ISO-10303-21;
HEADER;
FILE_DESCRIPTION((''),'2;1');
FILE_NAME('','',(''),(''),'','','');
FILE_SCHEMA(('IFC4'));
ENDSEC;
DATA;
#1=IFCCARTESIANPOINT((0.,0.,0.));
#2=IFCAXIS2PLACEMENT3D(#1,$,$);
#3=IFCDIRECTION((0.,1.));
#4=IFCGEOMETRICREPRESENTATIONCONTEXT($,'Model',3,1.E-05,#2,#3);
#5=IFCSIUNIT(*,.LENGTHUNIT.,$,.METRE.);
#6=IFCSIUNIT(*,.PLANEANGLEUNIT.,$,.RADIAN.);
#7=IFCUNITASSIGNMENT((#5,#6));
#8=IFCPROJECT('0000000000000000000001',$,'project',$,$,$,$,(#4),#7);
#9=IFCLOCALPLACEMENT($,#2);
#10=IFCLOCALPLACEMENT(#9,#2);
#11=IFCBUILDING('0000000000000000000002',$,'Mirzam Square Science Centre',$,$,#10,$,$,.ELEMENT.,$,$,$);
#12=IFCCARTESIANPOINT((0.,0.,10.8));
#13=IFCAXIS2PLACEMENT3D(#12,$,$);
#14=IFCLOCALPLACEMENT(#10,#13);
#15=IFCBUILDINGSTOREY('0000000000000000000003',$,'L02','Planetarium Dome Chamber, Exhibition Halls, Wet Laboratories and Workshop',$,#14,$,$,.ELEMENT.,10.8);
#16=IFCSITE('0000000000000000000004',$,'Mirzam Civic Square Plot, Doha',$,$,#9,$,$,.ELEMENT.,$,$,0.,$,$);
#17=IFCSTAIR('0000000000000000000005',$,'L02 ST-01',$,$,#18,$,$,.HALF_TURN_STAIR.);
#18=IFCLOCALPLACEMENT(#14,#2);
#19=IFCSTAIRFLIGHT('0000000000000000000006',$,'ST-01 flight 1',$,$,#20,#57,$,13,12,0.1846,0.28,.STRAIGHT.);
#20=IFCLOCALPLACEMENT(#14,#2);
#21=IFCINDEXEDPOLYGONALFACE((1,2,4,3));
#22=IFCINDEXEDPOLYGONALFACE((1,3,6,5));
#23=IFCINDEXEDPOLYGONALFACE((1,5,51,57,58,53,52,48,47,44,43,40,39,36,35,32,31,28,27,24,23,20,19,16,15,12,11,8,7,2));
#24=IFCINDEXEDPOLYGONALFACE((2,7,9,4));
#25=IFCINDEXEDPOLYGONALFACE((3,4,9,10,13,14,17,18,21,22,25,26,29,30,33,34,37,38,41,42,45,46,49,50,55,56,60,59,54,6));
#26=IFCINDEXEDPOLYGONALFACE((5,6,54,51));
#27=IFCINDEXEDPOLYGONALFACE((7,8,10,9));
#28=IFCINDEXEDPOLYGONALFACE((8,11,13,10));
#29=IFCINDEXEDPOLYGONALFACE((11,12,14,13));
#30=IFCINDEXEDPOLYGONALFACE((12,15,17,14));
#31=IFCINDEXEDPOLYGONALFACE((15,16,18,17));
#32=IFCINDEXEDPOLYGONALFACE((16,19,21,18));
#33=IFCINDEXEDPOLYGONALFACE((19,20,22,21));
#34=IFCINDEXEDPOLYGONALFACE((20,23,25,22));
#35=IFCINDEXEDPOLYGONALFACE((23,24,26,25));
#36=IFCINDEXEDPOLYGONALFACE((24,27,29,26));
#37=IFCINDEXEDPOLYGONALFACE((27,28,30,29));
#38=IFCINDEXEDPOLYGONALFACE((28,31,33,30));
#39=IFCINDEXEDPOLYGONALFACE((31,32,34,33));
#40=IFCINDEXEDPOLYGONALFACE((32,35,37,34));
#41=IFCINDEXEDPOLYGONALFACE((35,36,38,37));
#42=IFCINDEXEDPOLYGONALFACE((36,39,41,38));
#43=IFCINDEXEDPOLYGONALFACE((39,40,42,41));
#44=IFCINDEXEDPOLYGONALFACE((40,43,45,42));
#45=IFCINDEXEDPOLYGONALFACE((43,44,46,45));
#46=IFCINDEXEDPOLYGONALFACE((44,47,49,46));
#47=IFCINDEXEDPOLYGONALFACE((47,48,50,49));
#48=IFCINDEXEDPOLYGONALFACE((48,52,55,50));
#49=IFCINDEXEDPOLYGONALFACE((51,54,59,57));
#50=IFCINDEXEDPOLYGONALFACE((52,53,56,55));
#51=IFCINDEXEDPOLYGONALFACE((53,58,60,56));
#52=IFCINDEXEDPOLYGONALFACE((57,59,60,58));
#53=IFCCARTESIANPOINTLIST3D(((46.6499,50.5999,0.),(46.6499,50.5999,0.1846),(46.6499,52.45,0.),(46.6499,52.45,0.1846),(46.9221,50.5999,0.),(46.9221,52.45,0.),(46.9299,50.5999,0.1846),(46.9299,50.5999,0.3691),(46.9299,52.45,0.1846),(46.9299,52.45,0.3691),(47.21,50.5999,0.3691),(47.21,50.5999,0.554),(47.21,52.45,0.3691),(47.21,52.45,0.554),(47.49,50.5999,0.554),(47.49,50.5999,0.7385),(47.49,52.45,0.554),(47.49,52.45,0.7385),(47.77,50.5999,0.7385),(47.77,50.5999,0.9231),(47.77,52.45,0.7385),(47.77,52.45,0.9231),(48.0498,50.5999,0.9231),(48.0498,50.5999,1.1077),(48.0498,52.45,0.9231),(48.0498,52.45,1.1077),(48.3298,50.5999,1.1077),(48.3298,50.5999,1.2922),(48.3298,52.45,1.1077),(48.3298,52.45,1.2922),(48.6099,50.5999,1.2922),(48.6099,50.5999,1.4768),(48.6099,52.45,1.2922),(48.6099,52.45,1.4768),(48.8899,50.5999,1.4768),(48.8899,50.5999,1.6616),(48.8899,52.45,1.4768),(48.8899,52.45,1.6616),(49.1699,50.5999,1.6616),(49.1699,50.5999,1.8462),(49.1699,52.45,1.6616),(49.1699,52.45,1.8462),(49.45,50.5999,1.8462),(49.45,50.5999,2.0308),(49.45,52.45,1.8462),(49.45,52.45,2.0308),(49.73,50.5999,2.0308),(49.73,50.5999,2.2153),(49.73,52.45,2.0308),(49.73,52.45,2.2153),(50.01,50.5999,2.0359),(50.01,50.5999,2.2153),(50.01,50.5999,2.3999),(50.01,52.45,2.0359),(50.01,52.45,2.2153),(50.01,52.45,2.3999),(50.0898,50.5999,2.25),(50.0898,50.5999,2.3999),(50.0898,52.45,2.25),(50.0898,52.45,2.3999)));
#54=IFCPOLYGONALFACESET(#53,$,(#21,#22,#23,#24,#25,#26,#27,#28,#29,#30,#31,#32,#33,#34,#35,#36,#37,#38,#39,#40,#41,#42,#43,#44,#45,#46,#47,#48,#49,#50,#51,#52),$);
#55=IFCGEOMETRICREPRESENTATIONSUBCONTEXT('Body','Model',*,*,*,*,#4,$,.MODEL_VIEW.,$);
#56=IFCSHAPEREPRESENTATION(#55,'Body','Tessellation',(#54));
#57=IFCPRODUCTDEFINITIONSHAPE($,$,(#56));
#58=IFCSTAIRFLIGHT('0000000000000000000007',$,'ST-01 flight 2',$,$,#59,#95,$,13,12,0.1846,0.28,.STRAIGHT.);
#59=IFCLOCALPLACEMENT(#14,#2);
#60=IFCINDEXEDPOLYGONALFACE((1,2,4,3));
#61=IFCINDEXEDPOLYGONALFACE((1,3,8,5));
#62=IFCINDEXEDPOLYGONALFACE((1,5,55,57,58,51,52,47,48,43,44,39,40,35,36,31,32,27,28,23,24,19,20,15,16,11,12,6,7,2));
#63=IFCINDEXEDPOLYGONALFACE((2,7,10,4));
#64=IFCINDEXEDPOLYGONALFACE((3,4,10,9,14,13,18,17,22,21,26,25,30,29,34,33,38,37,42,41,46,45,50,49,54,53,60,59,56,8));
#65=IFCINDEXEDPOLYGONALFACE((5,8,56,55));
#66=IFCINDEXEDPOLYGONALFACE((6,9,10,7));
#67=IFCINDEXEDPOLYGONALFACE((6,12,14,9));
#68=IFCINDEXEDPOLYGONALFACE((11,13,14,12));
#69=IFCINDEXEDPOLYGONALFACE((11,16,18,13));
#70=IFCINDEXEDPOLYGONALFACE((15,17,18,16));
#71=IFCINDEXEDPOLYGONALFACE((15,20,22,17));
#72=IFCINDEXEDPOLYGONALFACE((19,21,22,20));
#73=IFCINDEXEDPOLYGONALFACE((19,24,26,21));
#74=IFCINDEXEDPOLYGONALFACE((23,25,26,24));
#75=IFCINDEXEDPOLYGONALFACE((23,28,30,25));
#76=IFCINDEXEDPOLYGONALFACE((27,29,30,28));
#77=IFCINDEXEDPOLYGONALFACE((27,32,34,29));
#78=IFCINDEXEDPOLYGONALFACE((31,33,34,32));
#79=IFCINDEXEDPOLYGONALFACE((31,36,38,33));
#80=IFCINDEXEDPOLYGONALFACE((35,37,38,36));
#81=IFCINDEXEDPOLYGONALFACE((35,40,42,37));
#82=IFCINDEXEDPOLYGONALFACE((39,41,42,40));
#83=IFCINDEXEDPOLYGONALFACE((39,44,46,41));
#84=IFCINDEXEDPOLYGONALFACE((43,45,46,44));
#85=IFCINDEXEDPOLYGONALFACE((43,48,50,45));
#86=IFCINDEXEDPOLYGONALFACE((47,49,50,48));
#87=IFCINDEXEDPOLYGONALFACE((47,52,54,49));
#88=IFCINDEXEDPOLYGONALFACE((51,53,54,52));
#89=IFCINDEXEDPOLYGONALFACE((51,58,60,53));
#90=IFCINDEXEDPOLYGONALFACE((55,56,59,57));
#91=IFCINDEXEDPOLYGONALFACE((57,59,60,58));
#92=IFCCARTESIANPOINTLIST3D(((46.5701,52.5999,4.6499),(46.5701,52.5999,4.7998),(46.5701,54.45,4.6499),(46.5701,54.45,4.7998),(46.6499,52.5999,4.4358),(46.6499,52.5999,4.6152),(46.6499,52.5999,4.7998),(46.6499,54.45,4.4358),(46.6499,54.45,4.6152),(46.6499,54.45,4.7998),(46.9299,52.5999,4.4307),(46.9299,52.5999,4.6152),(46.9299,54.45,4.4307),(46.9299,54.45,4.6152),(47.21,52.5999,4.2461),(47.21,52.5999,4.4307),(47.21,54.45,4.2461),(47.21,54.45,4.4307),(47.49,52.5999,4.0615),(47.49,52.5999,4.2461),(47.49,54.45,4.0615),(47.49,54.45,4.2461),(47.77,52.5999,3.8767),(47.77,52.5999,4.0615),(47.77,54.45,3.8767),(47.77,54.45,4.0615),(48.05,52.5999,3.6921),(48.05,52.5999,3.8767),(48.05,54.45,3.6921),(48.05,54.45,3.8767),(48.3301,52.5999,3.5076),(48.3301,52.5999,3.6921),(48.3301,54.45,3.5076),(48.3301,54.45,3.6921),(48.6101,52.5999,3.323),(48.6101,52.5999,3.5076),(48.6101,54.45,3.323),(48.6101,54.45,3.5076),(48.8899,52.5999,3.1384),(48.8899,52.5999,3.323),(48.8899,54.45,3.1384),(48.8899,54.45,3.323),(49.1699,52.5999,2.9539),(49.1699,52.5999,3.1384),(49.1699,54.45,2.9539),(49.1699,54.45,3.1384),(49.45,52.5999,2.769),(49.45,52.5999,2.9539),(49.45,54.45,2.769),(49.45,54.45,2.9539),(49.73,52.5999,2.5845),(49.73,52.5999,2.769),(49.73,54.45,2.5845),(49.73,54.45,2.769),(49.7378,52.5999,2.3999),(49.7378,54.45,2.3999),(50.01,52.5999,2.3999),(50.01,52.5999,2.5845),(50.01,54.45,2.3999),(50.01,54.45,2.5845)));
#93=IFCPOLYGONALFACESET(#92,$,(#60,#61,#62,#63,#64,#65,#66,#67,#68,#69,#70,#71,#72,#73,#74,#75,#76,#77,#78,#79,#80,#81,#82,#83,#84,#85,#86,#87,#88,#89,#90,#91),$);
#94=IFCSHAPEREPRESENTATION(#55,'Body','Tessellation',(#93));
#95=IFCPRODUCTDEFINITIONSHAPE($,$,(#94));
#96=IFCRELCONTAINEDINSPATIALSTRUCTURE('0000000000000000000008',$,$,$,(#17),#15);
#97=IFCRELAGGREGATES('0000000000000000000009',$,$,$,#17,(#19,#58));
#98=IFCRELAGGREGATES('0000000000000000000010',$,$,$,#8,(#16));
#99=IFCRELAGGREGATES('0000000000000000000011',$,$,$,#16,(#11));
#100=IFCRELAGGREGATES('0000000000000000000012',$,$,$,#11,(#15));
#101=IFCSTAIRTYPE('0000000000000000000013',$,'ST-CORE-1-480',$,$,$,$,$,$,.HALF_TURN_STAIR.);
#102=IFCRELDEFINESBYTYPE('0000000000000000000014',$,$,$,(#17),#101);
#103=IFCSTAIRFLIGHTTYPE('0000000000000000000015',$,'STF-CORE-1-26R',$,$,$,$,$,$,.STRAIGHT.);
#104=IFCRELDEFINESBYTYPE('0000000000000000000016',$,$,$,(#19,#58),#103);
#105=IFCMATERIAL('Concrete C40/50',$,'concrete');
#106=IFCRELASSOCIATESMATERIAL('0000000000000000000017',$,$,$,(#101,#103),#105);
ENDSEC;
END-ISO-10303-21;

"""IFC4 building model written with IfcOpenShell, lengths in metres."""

from ifc_helpers import new_model, si_unit, direction, frame, origin, place, context, subcontext, project, spatial, polyline, outline, extrude, material, type_object, element, aggregate, save


model = new_model("IFC4")

# Units and contexts
model_context = context("Model", 3, precision=1e-05, world=origin(), true_north=direction((0.0, 1.0)))
body_context = subcontext(model_context, "Body", "Model", "MODEL_VIEW")
ifc_project = project(units=[si_unit("LENGTHUNIT", "METRE"), si_unit("PLANEANGLEUNIT", "RADIAN")], contexts=[model_context])

# Site, building, storey
site_placement = place(None, origin())
site = spatial("IfcSite", under=ifc_project, at=site_placement, Name="Mirzam Civic Square Plot, Doha", CompositionType="ELEMENT", RefElevation=0.0)
building_placement = place(site_placement, origin())
building = spatial("IfcBuilding", under=site, at=building_placement, Name="Mirzam Square Science Centre", CompositionType="ELEMENT")
storey_placement = place(building_placement, frame((0.0, 0.0, 10.8)))
storey = spatial("IfcBuildingStorey", under=building, at=storey_placement, Name="L02", Description="Planetarium Dome Chamber, Exhibition Halls, Wet Laboratories and Workshop", CompositionType="ELEMENT", Elevation=10.8)

# Stair, stair flights
ifc_material_1 = material(Name="Concrete C40/50", Category="concrete")
stair_type = type_object("IfcStairType", Name="ST-CORE-1-480", PredefinedType="HALF_TURN_STAIR", material=ifc_material_1)
stair_placement = place(storey_placement, origin())
stair = element("IfcStair", 1, at=stair_placement, inside=storey, type_object=stair_type, Name="L02 ST-01", PredefinedType="HALF_TURN_STAIR")
stair_flight_type = type_object("IfcStairFlightType", Name="STF-CORE-1-26R", PredefinedType="STRAIGHT", material=ifc_material_1)
stair_flight_1_placement = place(storey_placement, frame((46.6499, 51.5249, 0.0), z_axis=(0.0, 0.0, 1.0), x_axis=(1.0, 0.0, 0.0)))
stair_flight_1 = element("IfcStairFlight", 2, at=stair_flight_1_placement, type_object=stair_flight_type, Name="ST-01 flight 1", NumberOfRisers=13, NumberOfTreads=12, PredefinedType="STRAIGHT", RiserHeight=0.1846, TreadLength=0.28, context=body_context, shape_type="SweptSolid", body=[
    extrude(outline(polyline([(0.0, 0.0), (0.0, 0.1846), (0.28, 0.1846), (0.28, 0.3691), (0.5601, 0.3691), (0.5601, 0.554), (0.8401, 0.554), (0.8401, 0.7385), (1.1201, 0.7385), (1.1201, 0.9231), (1.3999, 0.9231), (1.3999, 1.1077), (1.6799, 1.1077), (1.6799, 1.2922), (1.96, 1.2922), (1.96, 1.4768), (2.24, 1.4768), (2.24, 1.6616), (2.52, 1.6616), (2.52, 1.8462), (2.8, 1.8462), (2.8, 2.0308), (3.0801, 2.0308), (3.0801, 2.2153), (3.3601, 2.2153), (3.3601, 2.3999), (3.4399, 2.3999), (3.4399, 2.25), (3.3601, 2.0359), (0.2722, 0.0), (0.0, 0.0)])), frame((0.0, 0.925, 0.0), z_axis=(0.0, -1.0, 0.0), x_axis=(1.0, 0.0, 0.0)), (0.0, 0.0, 1.0), 1.8501),
])
stair_flight_2_placement = place(storey_placement, frame((50.01, 53.5249, 2.3999), z_axis=(0.0, 0.0, 1.0), x_axis=(-1.0, 0.0, 0.0)))
stair_flight_2 = element("IfcStairFlight", 3, at=stair_flight_2_placement, type_object=stair_flight_type, Name="ST-01 flight 2", NumberOfRisers=13, NumberOfTreads=12, PredefinedType="STRAIGHT", RiserHeight=0.1846, TreadLength=0.28, context=body_context, shape_type="SweptSolid", body=[
    extrude(outline(polyline([(0.0, 0.0), (0.0, 0.1846), (0.28, 0.1846), (0.28, 0.3691), (0.5601, 0.3691), (0.5601, 0.554), (0.8401, 0.554), (0.8401, 0.7385), (1.1201, 0.7385), (1.1201, 0.9231), (1.3999, 0.9231), (1.3999, 1.1077), (1.6799, 1.1077), (1.6799, 1.2922), (1.96, 1.2922), (1.96, 1.4768), (2.24, 1.4768), (2.24, 1.6616), (2.52, 1.6616), (2.52, 1.8462), (2.8, 1.8462), (2.8, 2.0308), (3.0801, 2.0308), (3.0801, 2.2153), (3.3601, 2.2153), (3.3601, 2.3999), (3.4399, 2.3999), (3.4399, 2.25), (3.3601, 2.0359), (0.2722, 0.0), (0.0, 0.0)])), frame((0.0, 0.925, 0.0), z_axis=(0.0, -1.0, 0.0), x_axis=(1.0, 0.0, 0.0)), (0.0, 0.0, 1.0), 1.8501),
])
aggregate(stair, [stair_flight_1, stair_flight_2])

save(model, "model.ifc")
